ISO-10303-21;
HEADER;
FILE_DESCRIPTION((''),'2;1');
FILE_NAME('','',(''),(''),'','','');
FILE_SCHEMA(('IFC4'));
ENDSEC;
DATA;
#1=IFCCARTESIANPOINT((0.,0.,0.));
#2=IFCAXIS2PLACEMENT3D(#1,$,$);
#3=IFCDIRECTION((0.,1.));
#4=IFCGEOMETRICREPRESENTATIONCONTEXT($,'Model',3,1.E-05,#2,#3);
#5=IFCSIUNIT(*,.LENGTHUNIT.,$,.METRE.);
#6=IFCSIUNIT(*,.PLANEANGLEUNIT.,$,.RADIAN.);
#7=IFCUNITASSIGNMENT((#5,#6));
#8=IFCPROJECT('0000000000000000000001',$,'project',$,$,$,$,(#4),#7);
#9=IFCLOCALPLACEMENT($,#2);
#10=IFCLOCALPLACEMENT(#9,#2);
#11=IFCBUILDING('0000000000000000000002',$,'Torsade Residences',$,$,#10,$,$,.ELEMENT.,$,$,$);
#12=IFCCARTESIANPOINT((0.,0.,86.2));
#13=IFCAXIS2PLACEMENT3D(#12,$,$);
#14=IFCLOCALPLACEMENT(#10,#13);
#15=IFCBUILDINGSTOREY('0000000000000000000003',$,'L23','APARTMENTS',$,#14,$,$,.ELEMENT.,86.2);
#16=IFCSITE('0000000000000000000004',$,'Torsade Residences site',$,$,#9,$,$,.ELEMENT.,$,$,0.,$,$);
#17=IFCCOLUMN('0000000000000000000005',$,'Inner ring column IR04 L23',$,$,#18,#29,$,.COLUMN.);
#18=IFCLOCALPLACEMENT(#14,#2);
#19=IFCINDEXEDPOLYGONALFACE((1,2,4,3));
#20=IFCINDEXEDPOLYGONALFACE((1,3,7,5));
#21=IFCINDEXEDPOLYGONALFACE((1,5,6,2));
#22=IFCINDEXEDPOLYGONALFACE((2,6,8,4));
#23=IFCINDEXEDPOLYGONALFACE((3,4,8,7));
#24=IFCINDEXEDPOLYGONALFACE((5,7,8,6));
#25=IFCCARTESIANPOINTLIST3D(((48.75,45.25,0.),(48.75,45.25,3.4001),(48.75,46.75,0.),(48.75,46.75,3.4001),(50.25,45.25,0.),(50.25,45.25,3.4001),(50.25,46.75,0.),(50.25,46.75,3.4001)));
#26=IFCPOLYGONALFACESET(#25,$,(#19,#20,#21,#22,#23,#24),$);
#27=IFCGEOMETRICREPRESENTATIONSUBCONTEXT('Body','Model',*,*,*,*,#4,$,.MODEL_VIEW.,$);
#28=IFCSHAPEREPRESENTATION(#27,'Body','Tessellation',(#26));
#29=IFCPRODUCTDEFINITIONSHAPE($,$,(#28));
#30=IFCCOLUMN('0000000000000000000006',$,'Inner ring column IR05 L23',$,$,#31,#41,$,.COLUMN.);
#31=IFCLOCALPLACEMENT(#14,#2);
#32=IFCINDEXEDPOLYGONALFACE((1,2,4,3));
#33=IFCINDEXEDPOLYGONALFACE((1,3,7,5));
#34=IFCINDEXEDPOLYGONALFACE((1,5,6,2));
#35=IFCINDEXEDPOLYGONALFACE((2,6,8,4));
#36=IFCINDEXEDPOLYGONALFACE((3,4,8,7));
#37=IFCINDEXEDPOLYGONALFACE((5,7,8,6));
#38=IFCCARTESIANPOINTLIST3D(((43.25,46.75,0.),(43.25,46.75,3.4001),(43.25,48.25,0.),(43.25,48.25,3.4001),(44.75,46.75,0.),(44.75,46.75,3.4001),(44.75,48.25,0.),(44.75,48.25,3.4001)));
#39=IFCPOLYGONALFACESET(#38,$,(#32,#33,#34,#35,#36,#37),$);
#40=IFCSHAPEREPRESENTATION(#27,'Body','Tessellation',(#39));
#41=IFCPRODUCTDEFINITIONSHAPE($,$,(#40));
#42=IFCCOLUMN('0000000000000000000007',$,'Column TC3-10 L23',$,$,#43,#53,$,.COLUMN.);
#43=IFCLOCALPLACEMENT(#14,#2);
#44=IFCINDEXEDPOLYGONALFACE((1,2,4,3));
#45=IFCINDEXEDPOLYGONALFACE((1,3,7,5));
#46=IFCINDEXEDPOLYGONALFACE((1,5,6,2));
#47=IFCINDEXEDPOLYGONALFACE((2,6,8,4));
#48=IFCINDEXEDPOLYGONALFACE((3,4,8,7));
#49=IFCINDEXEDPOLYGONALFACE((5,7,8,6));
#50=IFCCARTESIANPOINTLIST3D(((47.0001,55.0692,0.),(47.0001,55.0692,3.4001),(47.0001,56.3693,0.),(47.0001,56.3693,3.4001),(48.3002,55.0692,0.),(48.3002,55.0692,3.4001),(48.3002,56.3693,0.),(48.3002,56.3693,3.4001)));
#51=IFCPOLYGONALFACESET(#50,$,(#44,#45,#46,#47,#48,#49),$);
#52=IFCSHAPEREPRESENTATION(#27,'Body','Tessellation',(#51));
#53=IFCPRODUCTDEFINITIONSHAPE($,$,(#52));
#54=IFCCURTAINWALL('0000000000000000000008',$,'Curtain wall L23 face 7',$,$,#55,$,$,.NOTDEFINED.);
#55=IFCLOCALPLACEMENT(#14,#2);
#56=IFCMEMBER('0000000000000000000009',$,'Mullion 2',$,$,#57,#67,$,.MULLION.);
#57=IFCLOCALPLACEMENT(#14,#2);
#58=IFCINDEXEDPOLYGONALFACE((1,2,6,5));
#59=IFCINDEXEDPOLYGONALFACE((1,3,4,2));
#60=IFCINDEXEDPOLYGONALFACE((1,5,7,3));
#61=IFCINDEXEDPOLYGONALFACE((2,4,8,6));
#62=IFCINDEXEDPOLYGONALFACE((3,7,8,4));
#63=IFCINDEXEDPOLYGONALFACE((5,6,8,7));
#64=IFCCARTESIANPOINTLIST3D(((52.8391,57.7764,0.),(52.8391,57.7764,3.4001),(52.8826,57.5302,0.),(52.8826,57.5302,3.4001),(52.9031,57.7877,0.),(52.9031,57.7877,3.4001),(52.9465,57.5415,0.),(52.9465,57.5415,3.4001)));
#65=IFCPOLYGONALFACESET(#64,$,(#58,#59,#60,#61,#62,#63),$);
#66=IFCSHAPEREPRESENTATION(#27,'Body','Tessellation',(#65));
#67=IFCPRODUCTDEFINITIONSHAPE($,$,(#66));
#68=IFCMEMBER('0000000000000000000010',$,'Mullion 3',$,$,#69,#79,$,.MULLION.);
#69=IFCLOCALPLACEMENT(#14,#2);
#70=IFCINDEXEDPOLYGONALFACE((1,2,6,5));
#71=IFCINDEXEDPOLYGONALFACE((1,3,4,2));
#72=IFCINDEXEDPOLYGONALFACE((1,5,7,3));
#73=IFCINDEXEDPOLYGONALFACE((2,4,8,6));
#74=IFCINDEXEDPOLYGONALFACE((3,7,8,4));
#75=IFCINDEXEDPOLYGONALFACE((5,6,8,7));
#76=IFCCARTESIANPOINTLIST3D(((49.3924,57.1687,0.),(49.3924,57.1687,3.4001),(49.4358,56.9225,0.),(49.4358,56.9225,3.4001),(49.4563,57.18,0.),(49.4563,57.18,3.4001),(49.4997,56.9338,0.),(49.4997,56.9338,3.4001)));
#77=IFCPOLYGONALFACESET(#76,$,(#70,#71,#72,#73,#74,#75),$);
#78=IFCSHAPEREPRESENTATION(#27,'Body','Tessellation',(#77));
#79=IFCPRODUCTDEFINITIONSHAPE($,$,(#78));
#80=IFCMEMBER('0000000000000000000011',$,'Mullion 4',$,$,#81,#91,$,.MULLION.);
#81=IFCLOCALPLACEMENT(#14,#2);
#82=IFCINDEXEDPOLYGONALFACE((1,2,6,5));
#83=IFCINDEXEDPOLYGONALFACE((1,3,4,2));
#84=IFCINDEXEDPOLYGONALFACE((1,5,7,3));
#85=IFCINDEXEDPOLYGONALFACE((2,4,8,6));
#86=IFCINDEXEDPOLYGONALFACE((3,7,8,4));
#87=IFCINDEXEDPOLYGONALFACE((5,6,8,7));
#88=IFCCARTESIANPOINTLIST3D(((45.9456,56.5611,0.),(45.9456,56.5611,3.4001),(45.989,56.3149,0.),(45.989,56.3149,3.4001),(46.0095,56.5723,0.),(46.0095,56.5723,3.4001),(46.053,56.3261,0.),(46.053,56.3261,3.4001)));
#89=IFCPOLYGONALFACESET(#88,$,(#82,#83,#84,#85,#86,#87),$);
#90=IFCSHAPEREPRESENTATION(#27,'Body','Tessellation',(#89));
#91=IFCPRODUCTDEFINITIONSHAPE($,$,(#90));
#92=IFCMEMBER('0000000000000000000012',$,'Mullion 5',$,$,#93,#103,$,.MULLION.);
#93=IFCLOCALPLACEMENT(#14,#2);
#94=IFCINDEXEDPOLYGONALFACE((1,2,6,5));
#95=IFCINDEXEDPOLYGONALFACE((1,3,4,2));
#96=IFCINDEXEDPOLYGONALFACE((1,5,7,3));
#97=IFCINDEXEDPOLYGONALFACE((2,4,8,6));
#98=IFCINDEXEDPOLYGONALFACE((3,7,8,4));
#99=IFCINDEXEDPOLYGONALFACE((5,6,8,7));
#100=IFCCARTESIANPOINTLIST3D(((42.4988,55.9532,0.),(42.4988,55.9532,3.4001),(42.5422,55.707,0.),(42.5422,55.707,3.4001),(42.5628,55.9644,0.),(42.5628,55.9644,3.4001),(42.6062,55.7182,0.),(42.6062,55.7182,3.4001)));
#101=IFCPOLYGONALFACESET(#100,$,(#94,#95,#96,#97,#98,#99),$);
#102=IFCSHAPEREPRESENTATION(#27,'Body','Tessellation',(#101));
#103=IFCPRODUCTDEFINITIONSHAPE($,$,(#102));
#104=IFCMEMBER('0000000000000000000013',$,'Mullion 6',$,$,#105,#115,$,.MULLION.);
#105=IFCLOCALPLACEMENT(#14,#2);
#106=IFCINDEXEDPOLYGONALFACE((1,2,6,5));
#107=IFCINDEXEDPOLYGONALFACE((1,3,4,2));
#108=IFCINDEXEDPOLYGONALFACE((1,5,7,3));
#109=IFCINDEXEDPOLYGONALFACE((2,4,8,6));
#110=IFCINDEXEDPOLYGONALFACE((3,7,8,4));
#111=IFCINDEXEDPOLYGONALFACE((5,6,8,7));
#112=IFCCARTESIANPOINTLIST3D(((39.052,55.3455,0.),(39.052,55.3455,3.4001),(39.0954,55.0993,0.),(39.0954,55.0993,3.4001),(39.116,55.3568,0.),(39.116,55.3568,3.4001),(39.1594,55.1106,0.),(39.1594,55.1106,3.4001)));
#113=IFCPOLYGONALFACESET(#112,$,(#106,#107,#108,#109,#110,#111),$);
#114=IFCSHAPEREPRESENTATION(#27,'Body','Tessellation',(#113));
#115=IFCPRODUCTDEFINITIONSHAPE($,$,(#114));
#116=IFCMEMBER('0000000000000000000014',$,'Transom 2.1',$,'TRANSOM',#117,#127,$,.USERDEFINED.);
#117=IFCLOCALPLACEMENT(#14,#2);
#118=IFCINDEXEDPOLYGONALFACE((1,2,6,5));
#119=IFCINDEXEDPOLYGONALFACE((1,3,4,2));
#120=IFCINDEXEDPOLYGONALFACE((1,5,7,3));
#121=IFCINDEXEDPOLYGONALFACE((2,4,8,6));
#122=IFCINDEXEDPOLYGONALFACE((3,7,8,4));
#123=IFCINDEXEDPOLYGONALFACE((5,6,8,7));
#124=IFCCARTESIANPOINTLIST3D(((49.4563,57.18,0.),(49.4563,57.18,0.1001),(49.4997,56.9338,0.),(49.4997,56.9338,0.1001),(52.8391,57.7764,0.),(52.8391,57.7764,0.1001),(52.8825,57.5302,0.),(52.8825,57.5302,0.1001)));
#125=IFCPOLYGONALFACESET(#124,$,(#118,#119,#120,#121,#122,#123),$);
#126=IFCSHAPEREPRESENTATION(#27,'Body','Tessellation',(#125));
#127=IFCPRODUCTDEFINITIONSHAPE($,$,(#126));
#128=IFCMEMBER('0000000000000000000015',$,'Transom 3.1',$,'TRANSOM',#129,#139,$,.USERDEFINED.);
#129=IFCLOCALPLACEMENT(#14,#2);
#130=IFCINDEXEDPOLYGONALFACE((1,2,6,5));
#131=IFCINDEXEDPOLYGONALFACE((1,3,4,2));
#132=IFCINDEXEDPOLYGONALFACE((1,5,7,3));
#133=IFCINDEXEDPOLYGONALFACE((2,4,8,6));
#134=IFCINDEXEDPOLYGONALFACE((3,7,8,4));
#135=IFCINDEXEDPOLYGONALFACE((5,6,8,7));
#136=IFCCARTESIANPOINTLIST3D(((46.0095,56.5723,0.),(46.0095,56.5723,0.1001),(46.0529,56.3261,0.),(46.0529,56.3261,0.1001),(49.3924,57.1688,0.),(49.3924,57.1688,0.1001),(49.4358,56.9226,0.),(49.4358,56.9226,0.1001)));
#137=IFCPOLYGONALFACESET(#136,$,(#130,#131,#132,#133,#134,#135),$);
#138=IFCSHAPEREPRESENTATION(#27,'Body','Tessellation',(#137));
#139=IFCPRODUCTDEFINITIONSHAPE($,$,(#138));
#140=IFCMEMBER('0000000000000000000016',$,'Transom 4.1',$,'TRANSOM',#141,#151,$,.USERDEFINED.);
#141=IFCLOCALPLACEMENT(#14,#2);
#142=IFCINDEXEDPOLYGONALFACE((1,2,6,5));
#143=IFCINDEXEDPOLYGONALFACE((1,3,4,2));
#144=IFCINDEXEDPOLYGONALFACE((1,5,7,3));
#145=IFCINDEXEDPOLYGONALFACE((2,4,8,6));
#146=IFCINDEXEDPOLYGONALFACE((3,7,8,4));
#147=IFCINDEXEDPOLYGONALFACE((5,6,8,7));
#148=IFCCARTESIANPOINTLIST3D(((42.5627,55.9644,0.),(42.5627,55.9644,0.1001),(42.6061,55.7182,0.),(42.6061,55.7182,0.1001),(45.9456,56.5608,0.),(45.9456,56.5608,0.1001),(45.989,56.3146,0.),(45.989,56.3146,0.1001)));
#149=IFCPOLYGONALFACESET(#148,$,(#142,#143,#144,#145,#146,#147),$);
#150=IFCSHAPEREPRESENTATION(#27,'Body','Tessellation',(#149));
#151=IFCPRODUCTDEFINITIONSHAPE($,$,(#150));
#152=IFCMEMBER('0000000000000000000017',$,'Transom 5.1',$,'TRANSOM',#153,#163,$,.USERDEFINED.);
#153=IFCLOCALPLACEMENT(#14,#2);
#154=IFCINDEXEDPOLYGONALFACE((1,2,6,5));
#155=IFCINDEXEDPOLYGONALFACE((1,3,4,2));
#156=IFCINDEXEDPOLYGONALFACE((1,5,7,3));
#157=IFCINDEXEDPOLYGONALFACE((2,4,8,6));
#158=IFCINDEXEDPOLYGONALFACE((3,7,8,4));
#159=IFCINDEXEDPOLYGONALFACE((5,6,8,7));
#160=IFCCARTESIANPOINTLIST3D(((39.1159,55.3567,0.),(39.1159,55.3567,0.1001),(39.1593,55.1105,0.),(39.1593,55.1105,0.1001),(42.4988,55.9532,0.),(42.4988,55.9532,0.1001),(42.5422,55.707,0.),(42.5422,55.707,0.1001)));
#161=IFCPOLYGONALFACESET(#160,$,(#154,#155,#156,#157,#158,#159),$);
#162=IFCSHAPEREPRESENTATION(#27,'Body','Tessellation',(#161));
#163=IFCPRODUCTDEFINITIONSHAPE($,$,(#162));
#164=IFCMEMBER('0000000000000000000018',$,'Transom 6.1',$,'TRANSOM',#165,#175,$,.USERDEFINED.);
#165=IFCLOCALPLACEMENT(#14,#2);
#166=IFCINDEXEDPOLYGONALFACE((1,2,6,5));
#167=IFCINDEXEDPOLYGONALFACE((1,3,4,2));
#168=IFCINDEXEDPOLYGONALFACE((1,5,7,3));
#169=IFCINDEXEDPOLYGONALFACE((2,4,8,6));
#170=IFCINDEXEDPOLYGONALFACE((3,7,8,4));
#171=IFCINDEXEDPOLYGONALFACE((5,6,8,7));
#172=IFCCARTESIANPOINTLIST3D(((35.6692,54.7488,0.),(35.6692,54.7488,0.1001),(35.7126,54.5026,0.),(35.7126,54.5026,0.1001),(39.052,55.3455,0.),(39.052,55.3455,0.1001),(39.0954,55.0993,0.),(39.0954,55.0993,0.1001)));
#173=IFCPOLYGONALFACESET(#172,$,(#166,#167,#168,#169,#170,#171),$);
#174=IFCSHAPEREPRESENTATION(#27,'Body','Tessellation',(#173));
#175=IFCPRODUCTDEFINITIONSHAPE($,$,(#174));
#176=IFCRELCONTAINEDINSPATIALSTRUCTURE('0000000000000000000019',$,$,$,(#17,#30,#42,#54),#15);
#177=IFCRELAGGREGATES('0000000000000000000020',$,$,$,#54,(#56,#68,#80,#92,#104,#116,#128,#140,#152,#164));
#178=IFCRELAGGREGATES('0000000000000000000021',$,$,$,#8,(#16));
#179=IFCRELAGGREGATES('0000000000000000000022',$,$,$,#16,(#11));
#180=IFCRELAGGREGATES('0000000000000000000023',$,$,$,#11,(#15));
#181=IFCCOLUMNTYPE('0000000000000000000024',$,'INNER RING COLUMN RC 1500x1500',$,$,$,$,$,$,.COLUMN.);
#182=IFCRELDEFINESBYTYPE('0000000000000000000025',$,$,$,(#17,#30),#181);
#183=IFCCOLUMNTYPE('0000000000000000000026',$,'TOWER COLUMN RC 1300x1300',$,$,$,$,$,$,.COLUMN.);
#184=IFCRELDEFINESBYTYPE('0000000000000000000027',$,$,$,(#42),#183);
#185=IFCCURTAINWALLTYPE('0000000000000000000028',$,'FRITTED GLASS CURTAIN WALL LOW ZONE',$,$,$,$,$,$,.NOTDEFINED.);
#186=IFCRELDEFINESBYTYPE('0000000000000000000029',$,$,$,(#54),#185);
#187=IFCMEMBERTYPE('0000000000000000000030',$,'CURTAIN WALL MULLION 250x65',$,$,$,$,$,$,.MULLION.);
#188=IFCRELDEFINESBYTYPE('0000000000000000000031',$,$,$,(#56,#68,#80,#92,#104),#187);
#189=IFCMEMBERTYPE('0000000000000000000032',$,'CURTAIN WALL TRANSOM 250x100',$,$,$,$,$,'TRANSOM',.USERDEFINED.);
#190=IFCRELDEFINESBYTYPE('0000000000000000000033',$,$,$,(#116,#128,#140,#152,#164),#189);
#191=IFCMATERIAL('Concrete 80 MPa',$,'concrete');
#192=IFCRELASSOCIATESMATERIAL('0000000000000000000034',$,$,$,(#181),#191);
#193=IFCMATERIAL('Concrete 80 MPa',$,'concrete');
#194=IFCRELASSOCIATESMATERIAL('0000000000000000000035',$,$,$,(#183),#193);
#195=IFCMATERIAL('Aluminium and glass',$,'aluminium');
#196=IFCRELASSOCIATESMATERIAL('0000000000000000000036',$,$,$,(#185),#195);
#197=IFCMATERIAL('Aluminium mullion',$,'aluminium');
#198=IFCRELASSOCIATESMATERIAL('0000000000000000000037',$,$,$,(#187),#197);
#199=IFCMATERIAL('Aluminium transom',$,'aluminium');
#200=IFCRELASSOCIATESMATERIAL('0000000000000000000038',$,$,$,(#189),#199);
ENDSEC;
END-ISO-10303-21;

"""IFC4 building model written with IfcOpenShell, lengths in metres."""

from ifc_helpers import new_model, si_unit, direction, frame, origin, origin_2d, place, context, subcontext, project, spatial, rectangle, extrude, material, material_profile, profile_set, type_object, element, aggregate, save


model = new_model("IFC4")

# Units and contexts
model_context = context("Model", 3, precision=1e-05, world=origin(), true_north=direction((0.0, 1.0)))
body_context = subcontext(model_context, "Body", "Model", "MODEL_VIEW")
ifc_project = project(units=[si_unit("LENGTHUNIT", "METRE"), si_unit("PLANEANGLEUNIT", "RADIAN")], contexts=[model_context])

# Site, building, storey
site_placement = place(None, origin())
site = spatial("IfcSite", under=ifc_project, at=site_placement, Name="Torsade Residences site", CompositionType="ELEMENT", RefElevation=0.0)
building_placement = place(site_placement, origin())
building = spatial("IfcBuilding", under=site, at=building_placement, Name="Torsade Residences", CompositionType="ELEMENT")
storey_placement = place(building_placement, frame((0.0, 0.0, 86.2)))
storey = spatial("IfcBuildingStorey", under=building, at=storey_placement, Name="L23", Description="APARTMENTS", CompositionType="ELEMENT", Elevation=86.2)

# Columns
ifc_material_1 = material(Name="Concrete 80 MPa", Category="concrete")
ifc_material_profile_1 = material_profile(ifc_material_1, rectangle(XDim=1.5, YDim=1.5, at=origin_2d()), Name="RC 1500x1500")
ifc_profile_set_1 = profile_set([ifc_material_profile_1], Name="Concrete 80 MPa")
column_type_1 = type_object("IfcColumnType", Name="INNER RING COLUMN RC 1500x1500", PredefinedType="COLUMN", material=ifc_profile_set_1)
for number, where, z_axis, x_axis, name in (
    (1, (49.5, 46.0, 0.0), (0.0, 0.0, 1.0), (1.0, 0.0, 0.0), "Inner ring column IR04 L23"),
    (2, (44.0, 47.5, 0.0), (0.0, 0.0, 1.0), (1.0, 0.0, 0.0), "Inner ring column IR05 L23"),
):
    element("IfcColumn", number, at=place(storey_placement, frame(where, z_axis=z_axis, x_axis=x_axis)), inside=storey, type_object=column_type_1, Name=name, PredefinedType="COLUMN", context=body_context, shape_type="SweptSolid", body=[
        extrude(rectangle(XDim=1.5, YDim=1.5, at=origin_2d()), origin(), (0.0, 0.0, 1.0), 3.4001),
    ])
ifc_material_2 = material(Name="Concrete 80 MPa", Category="concrete")
ifc_material_profile_2 = material_profile(ifc_material_2, rectangle(XDim=1.3, YDim=1.3, at=origin_2d()), Name="RC 1300x1300")
ifc_profile_set_2 = profile_set([ifc_material_profile_2], Name="Concrete 80 MPa")
column_type_2 = type_object("IfcColumnType", Name="TOWER COLUMN RC 1300x1300", PredefinedType="COLUMN", material=ifc_profile_set_2)
column_placement = place(storey_placement, frame((47.6501, 55.7192, 0.0), z_axis=(0.0, 0.0, 1.0), x_axis=(1.0, 0.0, 0.0)))
element("IfcColumn", 3, at=column_placement, inside=storey, type_object=column_type_2, Name="Column TC3-10 L23", PredefinedType="COLUMN", context=body_context, shape_type="SweptSolid", body=[
    extrude(rectangle(XDim=1.3, YDim=1.3, at=origin_2d()), origin(), (0.0, 0.0, 1.0), 3.4001),
])

# Curtain wall, members
ifc_material_3 = material(Name="Aluminium and glass", Category="aluminium")
curtain_wall_type = type_object("IfcCurtainWallType", Name="FRITTED GLASS CURTAIN WALL LOW ZONE", PredefinedType="NOTDEFINED", material=ifc_material_3)
curtain_wall_placement = place(storey_placement, origin())
curtain_wall = element("IfcCurtainWall", 4, at=curtain_wall_placement, inside=storey, type_object=curtain_wall_type, Name="Curtain wall L23 face 7", PredefinedType="NOTDEFINED")
ifc_material_4 = material(Name="Aluminium mullion", Category="aluminium")
ifc_material_profile_3 = material_profile(ifc_material_4, rectangle(XDim=0.25, YDim=0.0649, at=origin_2d()), Name="CURTAIN WALL MULLION 250x65")
ifc_profile_set_3 = profile_set([ifc_material_profile_3], Name="Aluminium mullion")
member_type_1 = type_object("IfcMemberType", Name="CURTAIN WALL MULLION 250x65", PredefinedType="MULLION", material=ifc_profile_set_3)
member_1_placement = place(storey_placement, frame((52.8928, 57.6589, 0.0), z_axis=(0.0, 0.0, 1.0), x_axis=(0.173648, -0.984808, 0.0)))
member_1 = element("IfcMember", 5, at=member_1_placement, type_object=member_type_1, Name="Mullion 2", PredefinedType="MULLION", context=body_context, shape_type="SweptSolid", body=[
    extrude(rectangle(XDim=0.25, YDim=0.0649, at=origin_2d()), origin(), (0.0, 0.0, 1.0), 3.4001),
])
member_2_placement = place(storey_placement, frame((49.446, 57.0513, 0.0), z_axis=(0.0, 0.0, 1.0), x_axis=(0.173648, -0.984808, 0.0)))
member_2 = element("IfcMember", 6, at=member_2_placement, type_object=member_type_1, Name="Mullion 3", PredefinedType="MULLION", context=body_context, shape_type="SweptSolid", body=[
    extrude(rectangle(XDim=0.25, YDim=0.0649, at=origin_2d()), origin(), (0.0, 0.0, 1.0), 3.4001),
])
member_3_placement = place(storey_placement, frame((45.9993, 56.4436, 0.0), z_axis=(0.0, 0.0, 1.0), x_axis=(0.173648, -0.984808, 0.0)))
member_3 = element("IfcMember", 7, at=member_3_placement, type_object=member_type_1, Name="Mullion 4", PredefinedType="MULLION", context=body_context, shape_type="SweptSolid", body=[
    extrude(rectangle(XDim=0.25, YDim=0.0649, at=origin_2d()), origin(), (0.0, 0.0, 1.0), 3.4001),
])
member_4_placement = place(storey_placement, frame((42.5525, 55.8357, 0.0), z_axis=(0.0, 0.0, 1.0), x_axis=(0.173648, -0.984808, 0.0)))
member_4 = element("IfcMember", 8, at=member_4_placement, type_object=member_type_1, Name="Mullion 5", PredefinedType="MULLION", context=body_context, shape_type="SweptSolid", body=[
    extrude(rectangle(XDim=0.25, YDim=0.0649, at=origin_2d()), origin(), (0.0, 0.0, 1.0), 3.4001),
])
member_5_placement = place(storey_placement, frame((39.1057, 55.228, 0.0), z_axis=(0.0, 0.0, 1.0), x_axis=(0.173648, -0.984808, 0.0)))
member_5 = element("IfcMember", 9, at=member_5_placement, type_object=member_type_1, Name="Mullion 6", PredefinedType="MULLION", context=body_context, shape_type="SweptSolid", body=[
    extrude(rectangle(XDim=0.25, YDim=0.0649, at=origin_2d()), origin(), (0.0, 0.0, 1.0), 3.4001),
])
ifc_material_5 = material(Name="Aluminium transom", Category="aluminium")
ifc_material_profile_4 = material_profile(ifc_material_5, rectangle(XDim=0.25, YDim=0.1001, at=origin_2d()), Name="CURTAIN WALL TRANSOM 250x100")
ifc_profile_set_4 = profile_set([ifc_material_profile_4], Name="Aluminium transom")
member_type_2 = type_object("IfcMemberType", Name="CURTAIN WALL TRANSOM 250x100", ElementType="TRANSOM", PredefinedType="USERDEFINED", material=ifc_profile_set_4)
member_6_placement = place(storey_placement, frame((52.8608, 57.6533, 0.05), z_axis=(-0.98481, -0.173635, 0.0), x_axis=(0.173635, -0.98481, 0.0)))
member_6 = element("IfcMember", 10, at=member_6_placement, type_object=member_type_2, Name="Transom 2.1", ObjectType="TRANSOM", PredefinedType="USERDEFINED", context=body_context, shape_type="SweptSolid", body=[
    extrude(rectangle(XDim=0.25, YDim=0.1001, at=origin_2d()), origin(), (0.0, 0.0, 1.0), 3.4351),
])
member_7_placement = place(storey_placement, frame((49.4141, 57.0457, 0.05), z_axis=(-0.98481, -0.173635, 0.0), x_axis=(0.173635, -0.98481, 0.0)))
member_7 = element("IfcMember", 11, at=member_7_placement, type_object=member_type_2, Name="Transom 3.1", ObjectType="TRANSOM", PredefinedType="USERDEFINED", context=body_context, shape_type="SweptSolid", body=[
    extrude(rectangle(XDim=0.25, YDim=0.1001, at=origin_2d()), origin(), (0.0, 0.0, 1.0), 3.4351),
])
member_8_placement = place(storey_placement, frame((45.9673, 56.4377, 0.05), z_axis=(-0.98481, -0.173635, 0.0), x_axis=(0.173635, -0.98481, 0.0)))
member_8 = element("IfcMember", 12, at=member_8_placement, type_object=member_type_2, Name="Transom 4.1", ObjectType="TRANSOM", PredefinedType="USERDEFINED", context=body_context, shape_type="SweptSolid", body=[
    extrude(rectangle(XDim=0.25, YDim=0.1001, at=origin_2d()), origin(), (0.0, 0.0, 1.0), 3.4351),
])
member_9_placement = place(storey_placement, frame((42.5205, 55.8301, 0.05), z_axis=(-0.98481, -0.173635, 0.0), x_axis=(0.173635, -0.98481, 0.0)))
member_9 = element("IfcMember", 13, at=member_9_placement, type_object=member_type_2, Name="Transom 5.1", ObjectType="TRANSOM", PredefinedType="USERDEFINED", context=body_context, shape_type="SweptSolid", body=[
    extrude(rectangle(XDim=0.25, YDim=0.1001, at=origin_2d()), origin(), (0.0, 0.0, 1.0), 3.4351),
])
member_10_placement = place(storey_placement, frame((39.0737, 55.2224, 0.05), z_axis=(-0.984798, -0.173704, 0.0), x_axis=(0.173704, -0.984798, 0.0)))
member_10 = element("IfcMember", 14, at=member_10_placement, type_object=member_type_2, Name="Transom 6.1", ObjectType="TRANSOM", PredefinedType="USERDEFINED", context=body_context, shape_type="SweptSolid", body=[
    extrude(rectangle(XDim=0.25, YDim=0.1001, at=origin_2d()), origin(), (0.0, 0.0, 1.0), 3.4351),
])

aggregate(curtain_wall, [member_1, member_2, member_3, member_4, member_5, member_6, member_7, member_8, member_9, member_10])

save(model, "model.ifc")
